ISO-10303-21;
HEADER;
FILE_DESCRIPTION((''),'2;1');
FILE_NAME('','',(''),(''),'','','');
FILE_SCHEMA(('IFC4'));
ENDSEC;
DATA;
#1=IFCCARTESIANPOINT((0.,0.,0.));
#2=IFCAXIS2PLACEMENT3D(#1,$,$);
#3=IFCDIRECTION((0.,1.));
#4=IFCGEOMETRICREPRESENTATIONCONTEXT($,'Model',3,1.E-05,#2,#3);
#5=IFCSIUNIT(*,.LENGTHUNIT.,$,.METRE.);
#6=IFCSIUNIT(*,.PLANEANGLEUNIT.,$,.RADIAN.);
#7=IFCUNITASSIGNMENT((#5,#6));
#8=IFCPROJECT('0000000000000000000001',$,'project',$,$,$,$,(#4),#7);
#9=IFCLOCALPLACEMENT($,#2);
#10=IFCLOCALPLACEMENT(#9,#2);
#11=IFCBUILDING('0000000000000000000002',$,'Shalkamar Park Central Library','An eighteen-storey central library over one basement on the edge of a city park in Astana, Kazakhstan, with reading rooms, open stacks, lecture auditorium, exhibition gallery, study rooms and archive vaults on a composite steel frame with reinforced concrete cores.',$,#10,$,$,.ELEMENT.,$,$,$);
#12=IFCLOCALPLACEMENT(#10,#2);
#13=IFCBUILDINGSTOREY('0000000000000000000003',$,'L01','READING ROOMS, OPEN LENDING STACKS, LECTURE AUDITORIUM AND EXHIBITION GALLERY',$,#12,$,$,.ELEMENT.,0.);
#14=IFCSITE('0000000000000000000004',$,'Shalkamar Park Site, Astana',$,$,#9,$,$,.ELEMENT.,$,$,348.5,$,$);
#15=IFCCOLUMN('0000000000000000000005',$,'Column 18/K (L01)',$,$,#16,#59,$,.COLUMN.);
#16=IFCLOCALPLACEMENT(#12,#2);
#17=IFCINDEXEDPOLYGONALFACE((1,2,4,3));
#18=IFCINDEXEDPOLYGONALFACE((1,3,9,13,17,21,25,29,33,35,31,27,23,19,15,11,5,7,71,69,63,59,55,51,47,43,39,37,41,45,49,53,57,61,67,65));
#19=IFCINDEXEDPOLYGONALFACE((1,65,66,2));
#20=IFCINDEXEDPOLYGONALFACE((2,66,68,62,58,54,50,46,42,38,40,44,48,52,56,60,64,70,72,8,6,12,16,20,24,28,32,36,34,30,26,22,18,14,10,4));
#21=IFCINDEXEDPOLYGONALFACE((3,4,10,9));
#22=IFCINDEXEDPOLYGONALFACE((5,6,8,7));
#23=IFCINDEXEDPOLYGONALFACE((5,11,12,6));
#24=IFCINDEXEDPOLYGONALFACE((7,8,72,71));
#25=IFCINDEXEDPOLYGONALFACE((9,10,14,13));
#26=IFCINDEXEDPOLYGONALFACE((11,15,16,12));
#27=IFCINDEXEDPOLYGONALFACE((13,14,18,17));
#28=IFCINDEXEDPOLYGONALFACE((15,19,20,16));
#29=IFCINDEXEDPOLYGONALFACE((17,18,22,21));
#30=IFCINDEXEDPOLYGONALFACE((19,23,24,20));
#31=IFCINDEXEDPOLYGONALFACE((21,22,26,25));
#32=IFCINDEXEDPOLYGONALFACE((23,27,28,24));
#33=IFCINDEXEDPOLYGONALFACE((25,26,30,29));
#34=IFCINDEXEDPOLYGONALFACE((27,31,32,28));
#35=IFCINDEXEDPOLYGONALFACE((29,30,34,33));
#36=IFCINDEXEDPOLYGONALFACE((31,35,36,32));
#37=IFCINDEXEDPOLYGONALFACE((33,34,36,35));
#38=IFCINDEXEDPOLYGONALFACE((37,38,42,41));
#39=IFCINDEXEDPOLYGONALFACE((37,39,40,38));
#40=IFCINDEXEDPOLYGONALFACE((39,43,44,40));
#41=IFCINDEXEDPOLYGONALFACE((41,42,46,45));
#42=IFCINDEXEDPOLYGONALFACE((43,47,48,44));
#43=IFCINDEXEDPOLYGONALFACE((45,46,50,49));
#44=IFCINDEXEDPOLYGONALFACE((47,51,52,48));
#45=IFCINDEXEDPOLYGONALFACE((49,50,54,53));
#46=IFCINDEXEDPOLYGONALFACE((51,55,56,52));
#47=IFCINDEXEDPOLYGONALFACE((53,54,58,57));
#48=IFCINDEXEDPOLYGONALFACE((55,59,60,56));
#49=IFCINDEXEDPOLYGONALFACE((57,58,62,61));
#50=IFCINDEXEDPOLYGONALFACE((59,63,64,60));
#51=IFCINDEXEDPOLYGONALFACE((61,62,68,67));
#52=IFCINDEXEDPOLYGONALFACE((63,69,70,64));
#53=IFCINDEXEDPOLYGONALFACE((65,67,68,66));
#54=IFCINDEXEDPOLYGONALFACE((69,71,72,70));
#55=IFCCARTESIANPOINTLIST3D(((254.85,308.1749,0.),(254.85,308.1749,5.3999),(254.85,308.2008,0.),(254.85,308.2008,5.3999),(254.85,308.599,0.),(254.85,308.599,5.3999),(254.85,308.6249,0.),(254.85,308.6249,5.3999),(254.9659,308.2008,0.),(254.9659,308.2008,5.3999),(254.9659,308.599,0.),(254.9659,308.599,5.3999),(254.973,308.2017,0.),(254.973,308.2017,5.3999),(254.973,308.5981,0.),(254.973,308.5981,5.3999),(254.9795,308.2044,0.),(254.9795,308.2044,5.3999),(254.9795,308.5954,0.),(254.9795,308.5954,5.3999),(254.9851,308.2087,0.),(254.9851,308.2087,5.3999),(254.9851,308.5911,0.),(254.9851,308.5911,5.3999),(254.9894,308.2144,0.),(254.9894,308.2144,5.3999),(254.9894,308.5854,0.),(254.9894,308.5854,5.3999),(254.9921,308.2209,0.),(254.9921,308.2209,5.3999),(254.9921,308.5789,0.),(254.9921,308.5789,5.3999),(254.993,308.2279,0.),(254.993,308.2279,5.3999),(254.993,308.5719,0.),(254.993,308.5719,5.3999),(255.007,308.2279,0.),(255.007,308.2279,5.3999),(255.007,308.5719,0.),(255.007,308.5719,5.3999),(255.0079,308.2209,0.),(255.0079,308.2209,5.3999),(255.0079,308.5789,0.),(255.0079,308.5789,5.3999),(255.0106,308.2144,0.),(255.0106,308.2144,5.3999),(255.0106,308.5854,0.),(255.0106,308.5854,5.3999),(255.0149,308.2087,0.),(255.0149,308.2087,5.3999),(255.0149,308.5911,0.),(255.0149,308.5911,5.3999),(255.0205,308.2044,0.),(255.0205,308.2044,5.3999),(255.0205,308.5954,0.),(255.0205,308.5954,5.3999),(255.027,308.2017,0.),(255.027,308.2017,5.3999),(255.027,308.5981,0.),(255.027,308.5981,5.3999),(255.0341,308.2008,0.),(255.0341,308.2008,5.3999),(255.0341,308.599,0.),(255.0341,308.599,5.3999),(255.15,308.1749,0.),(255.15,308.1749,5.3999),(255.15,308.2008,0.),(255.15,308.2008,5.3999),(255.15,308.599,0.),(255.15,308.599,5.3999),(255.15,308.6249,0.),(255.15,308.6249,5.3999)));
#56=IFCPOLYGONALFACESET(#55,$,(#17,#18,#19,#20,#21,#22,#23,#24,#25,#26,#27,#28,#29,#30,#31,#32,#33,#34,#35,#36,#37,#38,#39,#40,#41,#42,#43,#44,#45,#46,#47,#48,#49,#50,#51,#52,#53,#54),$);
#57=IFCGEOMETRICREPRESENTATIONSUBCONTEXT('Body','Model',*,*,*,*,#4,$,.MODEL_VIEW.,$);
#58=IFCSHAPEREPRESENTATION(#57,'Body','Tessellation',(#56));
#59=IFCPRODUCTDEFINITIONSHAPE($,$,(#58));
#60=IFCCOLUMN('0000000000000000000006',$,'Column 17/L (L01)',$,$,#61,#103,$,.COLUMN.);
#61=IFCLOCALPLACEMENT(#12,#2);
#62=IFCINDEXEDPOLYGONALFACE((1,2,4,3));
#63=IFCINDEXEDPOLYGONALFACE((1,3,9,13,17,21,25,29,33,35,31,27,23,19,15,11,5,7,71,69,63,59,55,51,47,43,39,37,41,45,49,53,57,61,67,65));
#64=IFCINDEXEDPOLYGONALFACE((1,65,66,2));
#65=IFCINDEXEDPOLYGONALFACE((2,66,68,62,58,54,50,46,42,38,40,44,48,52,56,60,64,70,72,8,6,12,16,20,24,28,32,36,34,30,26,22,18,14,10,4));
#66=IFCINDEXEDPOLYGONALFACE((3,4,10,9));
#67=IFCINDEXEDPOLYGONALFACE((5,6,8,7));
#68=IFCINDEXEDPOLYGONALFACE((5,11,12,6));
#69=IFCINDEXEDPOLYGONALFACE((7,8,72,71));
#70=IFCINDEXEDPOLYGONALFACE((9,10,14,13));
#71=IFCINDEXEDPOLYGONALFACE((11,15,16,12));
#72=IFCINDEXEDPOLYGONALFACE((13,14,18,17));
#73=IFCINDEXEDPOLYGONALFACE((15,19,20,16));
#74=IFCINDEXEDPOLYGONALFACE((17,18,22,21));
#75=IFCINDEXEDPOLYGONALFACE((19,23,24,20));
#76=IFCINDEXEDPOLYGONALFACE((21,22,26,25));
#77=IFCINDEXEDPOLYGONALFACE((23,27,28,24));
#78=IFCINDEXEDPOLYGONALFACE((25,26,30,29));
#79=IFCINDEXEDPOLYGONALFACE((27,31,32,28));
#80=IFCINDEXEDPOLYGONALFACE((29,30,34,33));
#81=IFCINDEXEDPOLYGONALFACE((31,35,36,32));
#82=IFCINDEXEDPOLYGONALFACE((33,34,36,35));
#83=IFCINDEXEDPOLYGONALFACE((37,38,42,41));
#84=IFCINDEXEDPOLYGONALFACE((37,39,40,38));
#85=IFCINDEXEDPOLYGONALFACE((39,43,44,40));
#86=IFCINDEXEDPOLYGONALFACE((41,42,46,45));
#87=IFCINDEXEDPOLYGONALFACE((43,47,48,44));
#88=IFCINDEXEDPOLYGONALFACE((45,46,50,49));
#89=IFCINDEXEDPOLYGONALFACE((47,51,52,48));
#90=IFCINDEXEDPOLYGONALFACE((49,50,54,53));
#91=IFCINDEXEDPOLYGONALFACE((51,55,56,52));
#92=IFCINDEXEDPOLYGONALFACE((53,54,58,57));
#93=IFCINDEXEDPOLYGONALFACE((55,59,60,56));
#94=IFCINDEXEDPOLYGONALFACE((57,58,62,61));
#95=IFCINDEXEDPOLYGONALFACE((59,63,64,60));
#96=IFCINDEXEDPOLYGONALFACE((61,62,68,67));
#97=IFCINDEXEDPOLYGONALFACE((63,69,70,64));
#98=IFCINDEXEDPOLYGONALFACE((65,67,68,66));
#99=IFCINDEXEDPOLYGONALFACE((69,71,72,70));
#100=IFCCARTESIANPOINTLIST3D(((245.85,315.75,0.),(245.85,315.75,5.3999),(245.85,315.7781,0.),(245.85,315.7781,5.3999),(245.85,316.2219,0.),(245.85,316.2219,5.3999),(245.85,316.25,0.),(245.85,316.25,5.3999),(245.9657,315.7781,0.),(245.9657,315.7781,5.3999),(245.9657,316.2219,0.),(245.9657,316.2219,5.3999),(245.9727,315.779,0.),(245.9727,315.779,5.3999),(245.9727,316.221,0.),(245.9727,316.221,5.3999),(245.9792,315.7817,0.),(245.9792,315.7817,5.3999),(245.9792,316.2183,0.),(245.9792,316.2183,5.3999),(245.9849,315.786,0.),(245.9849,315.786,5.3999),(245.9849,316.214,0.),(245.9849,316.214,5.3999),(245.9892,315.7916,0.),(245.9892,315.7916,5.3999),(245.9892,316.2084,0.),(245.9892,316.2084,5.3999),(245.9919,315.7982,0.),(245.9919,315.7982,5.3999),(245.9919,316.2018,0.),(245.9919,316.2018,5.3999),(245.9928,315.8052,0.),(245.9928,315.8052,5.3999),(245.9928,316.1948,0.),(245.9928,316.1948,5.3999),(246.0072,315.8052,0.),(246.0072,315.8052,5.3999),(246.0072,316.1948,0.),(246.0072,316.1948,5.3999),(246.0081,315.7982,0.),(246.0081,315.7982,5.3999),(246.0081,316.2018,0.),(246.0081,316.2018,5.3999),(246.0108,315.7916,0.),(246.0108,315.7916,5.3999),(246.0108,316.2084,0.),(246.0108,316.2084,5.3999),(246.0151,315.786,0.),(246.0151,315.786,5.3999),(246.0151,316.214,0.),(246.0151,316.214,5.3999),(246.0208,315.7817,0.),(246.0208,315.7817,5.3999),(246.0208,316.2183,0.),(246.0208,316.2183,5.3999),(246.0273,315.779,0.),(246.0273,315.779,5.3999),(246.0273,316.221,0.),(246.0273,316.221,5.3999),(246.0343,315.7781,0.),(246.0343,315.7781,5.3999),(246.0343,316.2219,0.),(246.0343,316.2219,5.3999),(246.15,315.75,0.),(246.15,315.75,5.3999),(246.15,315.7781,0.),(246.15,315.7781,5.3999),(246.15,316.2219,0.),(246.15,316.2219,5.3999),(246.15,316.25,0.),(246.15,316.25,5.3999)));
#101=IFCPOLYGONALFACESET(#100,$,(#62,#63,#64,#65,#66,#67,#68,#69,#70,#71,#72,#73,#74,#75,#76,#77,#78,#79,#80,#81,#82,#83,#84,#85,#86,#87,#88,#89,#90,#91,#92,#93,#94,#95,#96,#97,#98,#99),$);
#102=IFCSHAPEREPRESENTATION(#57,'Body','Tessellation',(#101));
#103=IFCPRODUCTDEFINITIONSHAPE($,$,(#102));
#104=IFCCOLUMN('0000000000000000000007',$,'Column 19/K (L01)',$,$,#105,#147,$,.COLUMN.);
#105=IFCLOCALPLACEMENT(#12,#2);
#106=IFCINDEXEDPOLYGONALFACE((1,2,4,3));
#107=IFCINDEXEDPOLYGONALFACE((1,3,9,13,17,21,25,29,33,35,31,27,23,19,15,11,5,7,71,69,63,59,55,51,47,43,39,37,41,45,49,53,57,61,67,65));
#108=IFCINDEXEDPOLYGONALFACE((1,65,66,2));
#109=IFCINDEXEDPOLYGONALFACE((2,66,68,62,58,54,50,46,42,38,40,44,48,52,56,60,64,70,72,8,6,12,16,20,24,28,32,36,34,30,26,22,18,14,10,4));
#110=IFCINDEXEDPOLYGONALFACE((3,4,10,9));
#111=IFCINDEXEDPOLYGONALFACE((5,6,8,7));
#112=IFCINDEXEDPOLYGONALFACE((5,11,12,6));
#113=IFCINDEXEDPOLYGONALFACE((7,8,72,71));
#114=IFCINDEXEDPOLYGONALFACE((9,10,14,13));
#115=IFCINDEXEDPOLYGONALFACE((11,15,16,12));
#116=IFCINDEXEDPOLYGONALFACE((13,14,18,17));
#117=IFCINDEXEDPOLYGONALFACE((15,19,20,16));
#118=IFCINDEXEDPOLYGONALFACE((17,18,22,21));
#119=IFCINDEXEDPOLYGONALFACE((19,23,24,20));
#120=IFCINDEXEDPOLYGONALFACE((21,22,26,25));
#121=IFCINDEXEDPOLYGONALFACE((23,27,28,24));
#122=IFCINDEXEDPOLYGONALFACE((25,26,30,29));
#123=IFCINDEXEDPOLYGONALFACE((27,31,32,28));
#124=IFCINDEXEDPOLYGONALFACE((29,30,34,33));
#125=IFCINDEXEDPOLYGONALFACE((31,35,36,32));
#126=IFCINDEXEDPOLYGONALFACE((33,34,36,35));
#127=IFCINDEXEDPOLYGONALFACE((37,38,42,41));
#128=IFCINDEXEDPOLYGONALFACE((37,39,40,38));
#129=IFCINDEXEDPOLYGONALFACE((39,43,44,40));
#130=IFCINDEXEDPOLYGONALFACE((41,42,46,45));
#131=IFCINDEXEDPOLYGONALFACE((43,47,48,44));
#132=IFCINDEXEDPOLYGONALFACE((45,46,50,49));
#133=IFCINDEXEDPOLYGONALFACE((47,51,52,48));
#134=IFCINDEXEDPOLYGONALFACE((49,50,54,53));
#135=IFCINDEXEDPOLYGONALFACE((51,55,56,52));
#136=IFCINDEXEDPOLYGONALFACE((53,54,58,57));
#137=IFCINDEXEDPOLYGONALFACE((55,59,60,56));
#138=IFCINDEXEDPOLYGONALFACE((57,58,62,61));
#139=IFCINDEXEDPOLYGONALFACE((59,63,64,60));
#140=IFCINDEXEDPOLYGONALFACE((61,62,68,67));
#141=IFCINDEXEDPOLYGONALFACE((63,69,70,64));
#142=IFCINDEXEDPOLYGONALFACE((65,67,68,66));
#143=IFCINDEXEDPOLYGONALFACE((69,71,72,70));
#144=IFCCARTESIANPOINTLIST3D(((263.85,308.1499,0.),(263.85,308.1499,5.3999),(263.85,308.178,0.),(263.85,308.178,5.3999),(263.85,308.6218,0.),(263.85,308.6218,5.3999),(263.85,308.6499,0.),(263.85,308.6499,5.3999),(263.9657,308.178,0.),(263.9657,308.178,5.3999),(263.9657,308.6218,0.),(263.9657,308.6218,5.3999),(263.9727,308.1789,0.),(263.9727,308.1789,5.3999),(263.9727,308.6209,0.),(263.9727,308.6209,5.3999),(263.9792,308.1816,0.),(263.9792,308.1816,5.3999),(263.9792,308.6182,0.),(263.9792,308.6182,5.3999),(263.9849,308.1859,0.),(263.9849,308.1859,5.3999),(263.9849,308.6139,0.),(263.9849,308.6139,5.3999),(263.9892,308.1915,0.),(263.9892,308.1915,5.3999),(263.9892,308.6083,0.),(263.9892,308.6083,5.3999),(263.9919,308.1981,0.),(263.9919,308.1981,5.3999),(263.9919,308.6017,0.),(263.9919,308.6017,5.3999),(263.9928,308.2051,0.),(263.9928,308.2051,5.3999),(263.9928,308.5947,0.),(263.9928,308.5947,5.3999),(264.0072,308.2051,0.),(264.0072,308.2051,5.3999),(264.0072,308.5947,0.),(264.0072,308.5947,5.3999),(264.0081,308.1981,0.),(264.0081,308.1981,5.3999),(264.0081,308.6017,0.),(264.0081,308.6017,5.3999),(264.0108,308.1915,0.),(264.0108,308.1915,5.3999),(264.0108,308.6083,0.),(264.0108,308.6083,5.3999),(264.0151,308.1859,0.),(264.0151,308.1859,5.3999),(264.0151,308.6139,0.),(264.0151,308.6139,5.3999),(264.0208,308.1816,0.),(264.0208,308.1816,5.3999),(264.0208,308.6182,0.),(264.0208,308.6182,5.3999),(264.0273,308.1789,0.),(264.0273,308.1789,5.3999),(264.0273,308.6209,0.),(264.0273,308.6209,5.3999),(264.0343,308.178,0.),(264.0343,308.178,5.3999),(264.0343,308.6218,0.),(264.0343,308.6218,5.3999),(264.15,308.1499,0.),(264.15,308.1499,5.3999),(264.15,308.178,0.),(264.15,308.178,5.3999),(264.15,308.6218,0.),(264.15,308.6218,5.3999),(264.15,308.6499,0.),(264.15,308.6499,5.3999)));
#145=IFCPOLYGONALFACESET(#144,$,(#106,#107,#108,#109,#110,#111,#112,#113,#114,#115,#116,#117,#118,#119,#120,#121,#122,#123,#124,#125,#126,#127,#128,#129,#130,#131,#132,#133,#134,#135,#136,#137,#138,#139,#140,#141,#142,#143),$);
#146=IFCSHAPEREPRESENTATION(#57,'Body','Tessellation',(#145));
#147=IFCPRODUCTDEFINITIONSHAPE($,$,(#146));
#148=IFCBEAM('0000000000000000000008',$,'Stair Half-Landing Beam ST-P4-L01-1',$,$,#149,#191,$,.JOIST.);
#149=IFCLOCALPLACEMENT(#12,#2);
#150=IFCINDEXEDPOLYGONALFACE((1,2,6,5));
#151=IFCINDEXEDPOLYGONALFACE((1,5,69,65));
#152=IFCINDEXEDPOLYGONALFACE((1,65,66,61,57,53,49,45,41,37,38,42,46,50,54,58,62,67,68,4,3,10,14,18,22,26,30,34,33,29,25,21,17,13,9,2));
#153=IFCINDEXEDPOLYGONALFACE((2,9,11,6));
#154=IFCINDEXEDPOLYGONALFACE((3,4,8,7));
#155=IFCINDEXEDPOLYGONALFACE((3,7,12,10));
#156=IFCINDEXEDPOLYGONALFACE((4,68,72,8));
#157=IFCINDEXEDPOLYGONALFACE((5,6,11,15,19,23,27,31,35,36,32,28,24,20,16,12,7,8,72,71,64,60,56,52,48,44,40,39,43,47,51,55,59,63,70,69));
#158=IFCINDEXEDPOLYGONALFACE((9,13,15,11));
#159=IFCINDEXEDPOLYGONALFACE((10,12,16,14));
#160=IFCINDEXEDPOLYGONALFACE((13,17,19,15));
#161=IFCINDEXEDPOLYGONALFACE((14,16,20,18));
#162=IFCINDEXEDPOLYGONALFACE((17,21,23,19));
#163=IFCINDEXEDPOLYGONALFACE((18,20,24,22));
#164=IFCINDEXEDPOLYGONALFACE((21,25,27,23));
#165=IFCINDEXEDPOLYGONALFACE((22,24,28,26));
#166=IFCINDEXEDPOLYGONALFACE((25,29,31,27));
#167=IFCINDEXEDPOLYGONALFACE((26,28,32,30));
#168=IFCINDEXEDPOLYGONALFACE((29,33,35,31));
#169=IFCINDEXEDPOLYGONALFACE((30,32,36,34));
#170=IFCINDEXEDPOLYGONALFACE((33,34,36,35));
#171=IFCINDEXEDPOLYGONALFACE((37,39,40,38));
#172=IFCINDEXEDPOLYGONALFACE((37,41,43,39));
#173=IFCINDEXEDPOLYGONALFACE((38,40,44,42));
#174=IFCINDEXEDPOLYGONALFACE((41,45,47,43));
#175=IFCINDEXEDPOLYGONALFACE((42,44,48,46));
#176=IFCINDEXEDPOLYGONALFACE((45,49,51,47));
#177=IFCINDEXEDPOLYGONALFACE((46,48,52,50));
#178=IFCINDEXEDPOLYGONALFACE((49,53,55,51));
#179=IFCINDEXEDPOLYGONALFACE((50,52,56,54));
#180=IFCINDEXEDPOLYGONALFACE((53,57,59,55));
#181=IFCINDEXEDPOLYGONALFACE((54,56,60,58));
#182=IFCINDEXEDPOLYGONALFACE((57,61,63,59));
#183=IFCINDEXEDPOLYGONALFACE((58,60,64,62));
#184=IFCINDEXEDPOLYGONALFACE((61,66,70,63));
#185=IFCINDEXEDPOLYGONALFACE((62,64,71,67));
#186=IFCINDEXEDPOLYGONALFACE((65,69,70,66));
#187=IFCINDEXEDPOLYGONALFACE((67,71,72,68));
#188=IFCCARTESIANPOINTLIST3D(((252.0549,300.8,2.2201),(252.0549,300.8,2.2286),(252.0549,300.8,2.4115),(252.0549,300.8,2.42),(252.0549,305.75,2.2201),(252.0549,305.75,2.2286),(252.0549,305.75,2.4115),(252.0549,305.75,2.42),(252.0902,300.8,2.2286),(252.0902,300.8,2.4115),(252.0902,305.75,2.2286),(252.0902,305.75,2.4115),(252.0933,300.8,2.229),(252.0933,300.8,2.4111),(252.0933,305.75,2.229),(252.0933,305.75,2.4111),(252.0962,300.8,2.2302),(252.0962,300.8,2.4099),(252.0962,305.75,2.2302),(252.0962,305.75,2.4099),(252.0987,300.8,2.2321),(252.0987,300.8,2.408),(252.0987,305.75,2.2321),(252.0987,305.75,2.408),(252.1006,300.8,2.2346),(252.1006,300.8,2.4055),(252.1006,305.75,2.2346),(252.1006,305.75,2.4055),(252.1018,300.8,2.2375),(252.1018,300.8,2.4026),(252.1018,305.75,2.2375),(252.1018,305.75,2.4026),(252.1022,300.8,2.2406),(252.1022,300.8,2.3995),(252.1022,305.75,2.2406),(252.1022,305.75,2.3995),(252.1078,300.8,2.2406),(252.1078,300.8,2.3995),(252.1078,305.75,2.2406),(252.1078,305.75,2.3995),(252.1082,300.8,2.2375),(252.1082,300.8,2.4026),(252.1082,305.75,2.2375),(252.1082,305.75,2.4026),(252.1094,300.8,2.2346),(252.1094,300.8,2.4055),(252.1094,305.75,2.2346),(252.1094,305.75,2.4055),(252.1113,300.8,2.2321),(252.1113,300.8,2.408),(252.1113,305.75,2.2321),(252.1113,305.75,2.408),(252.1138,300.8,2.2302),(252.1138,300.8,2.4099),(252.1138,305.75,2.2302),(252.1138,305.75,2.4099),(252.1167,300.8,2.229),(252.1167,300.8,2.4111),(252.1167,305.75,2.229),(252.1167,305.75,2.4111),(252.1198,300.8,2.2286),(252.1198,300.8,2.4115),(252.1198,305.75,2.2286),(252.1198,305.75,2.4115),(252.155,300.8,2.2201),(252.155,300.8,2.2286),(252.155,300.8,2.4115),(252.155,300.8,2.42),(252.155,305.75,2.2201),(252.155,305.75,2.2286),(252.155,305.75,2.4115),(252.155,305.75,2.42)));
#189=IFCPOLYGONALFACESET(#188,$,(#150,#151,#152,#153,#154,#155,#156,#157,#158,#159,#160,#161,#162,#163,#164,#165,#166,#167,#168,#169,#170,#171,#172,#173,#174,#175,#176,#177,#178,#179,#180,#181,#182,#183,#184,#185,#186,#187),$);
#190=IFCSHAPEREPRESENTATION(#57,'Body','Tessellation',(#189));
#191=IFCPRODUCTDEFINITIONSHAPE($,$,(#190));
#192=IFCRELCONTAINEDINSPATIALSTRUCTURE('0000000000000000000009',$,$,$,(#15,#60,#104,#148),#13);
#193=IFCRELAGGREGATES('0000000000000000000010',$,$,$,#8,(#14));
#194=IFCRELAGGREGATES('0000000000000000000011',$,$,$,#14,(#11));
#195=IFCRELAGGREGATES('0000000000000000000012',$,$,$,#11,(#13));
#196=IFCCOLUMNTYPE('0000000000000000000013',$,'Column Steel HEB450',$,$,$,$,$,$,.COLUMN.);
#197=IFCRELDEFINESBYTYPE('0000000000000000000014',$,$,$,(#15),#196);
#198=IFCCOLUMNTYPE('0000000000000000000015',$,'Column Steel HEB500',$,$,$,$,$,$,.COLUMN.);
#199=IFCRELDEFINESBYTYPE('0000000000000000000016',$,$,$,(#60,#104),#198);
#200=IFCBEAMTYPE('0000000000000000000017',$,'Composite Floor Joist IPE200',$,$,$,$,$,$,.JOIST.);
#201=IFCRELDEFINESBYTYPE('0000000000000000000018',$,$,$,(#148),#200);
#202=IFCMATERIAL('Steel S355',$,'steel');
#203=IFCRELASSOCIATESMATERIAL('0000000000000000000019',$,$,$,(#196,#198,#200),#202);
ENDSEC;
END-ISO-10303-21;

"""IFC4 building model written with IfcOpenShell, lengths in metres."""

from ifc_helpers import new_model, si_unit, direction, frame, origin, origin_2d, place, context, subcontext, project, spatial, i_section, extrude, material, material_profile, profile_set, type_object, element, save


model = new_model("IFC4")

# Units and contexts
model_context = context("Model", 3, precision=1e-05, world=origin(), true_north=direction((0.0, 1.0)))
body_context = subcontext(model_context, "Body", "Model", "MODEL_VIEW")
ifc_project = project(units=[si_unit("LENGTHUNIT", "METRE"), si_unit("PLANEANGLEUNIT", "RADIAN")], contexts=[model_context])

# Site, building, storey
site_placement = place(None, origin())
site = spatial("IfcSite", under=ifc_project, at=site_placement, Name="Shalkamar Park Site, Astana", CompositionType="ELEMENT", RefElevation=348.5)
building_placement = place(site_placement, origin())
building = spatial("IfcBuilding", under=site, at=building_placement, Name="Shalkamar Park Central Library", Description="An eighteen-storey central library over one basement on the edge of a city park in Astana, Kazakhstan, with reading rooms, open stacks, lecture auditorium, exhibition gallery, study rooms and archive vaults on a composite steel frame with reinforced concrete cores.", CompositionType="ELEMENT")
storey_placement = place(building_placement, origin())
storey = spatial("IfcBuildingStorey", under=building, at=storey_placement, Name="L01", Description="READING ROOMS, OPEN LENDING STACKS, LECTURE AUDITORIUM AND EXHIBITION GALLERY", CompositionType="ELEMENT", Elevation=0.0)

# Columns
ifc_material_1 = material(Name="Steel S355", Category="steel")
ifc_material_profile_1 = material_profile(ifc_material_1, i_section(OverallWidth=0.3, OverallDepth=0.45, WebThickness=0.0139, FlangeThickness=0.0259, FilletRadius=0.0271, at=origin_2d()), Name="HEB 450")
ifc_profile_set_1 = profile_set([ifc_material_profile_1], Name="Steel S355")
column_type_1 = type_object("IfcColumnType", Name="Column Steel HEB450", PredefinedType="COLUMN", material=ifc_profile_set_1)
column_placement = place(storey_placement, frame((255.0, 308.3999, 0.0), z_axis=(0.0, 0.0, 1.0), x_axis=(1.0, 0.0, 0.0)))
element("IfcColumn", 1, at=column_placement, inside=storey, type_object=column_type_1, Name="Column 18/K (L01)", PredefinedType="COLUMN", context=body_context, shape_type="SweptSolid", body=[
    extrude(i_section(OverallWidth=0.3, OverallDepth=0.45, WebThickness=0.0139, FlangeThickness=0.0259, FilletRadius=0.0271, at=origin_2d()), origin(), (0.0, 0.0, 1.0), 5.3999),
])
ifc_material_profile_2 = material_profile(ifc_material_1, i_section(OverallWidth=0.3, OverallDepth=0.5, WebThickness=0.0144, FlangeThickness=0.0281, FilletRadius=0.0271, at=origin_2d()), Name="HEB 500")
ifc_profile_set_2 = profile_set([ifc_material_profile_2], Name="Steel S355")
column_type_2 = type_object("IfcColumnType", Name="Column Steel HEB500", PredefinedType="COLUMN", material=ifc_profile_set_2)
for number, where, z_axis, x_axis, name in (
    (2, (246.0, 316.0, 0.0), (0.0, 0.0, 1.0), (1.0, 0.0, 0.0), "Column 17/L (L01)"),
    (3, (264.0, 308.3999, 0.0), (0.0, 0.0, 1.0), (1.0, 0.0, 0.0), "Column 19/K (L01)"),
):
    element("IfcColumn", number, at=place(storey_placement, frame(where, z_axis=z_axis, x_axis=x_axis)), inside=storey, type_object=column_type_2, Name=name, PredefinedType="COLUMN", context=body_context, shape_type="SweptSolid", body=[
        extrude(i_section(OverallWidth=0.3, OverallDepth=0.5, WebThickness=0.0144, FlangeThickness=0.0281, FilletRadius=0.0271, at=origin_2d()), origin(), (0.0, 0.0, 1.0), 5.3999),
    ])

# Beam
ifc_material_profile_3 = material_profile(ifc_material_1, i_section(OverallWidth=0.1001, OverallDepth=0.2, WebThickness=0.0056, FlangeThickness=0.0085, FilletRadius=0.012, at=origin_2d()), Name="IPE 200")
ifc_profile_set_3 = profile_set([ifc_material_profile_3], Name="Steel S355")
beam_type_1 = type_object("IfcBeamType", Name="Composite Floor Joist IPE200", PredefinedType="JOIST", material=ifc_profile_set_3)
for number, where, z_axis, x_axis, name in (
    (4, (252.105, 300.8, 2.3201), (0.0, 1.0, 0.0), (-1.0, 0.0, 0.0), "Stair Half-Landing Beam ST-P4-L01-1"),
):
    element("IfcBeam", number, at=place(storey_placement, frame(where, z_axis=z_axis, x_axis=x_axis)), inside=storey, type_object=beam_type_1, Name=name, PredefinedType="JOIST", context=body_context, shape_type="SweptSolid", body=[
        extrude(i_section(OverallWidth=0.1001, OverallDepth=0.2, WebThickness=0.0056, FlangeThickness=0.0085, FilletRadius=0.012, at=origin_2d()), origin(), (0.0, 0.0, 1.0), 4.95),
    ])

save(model, "model.ifc")
